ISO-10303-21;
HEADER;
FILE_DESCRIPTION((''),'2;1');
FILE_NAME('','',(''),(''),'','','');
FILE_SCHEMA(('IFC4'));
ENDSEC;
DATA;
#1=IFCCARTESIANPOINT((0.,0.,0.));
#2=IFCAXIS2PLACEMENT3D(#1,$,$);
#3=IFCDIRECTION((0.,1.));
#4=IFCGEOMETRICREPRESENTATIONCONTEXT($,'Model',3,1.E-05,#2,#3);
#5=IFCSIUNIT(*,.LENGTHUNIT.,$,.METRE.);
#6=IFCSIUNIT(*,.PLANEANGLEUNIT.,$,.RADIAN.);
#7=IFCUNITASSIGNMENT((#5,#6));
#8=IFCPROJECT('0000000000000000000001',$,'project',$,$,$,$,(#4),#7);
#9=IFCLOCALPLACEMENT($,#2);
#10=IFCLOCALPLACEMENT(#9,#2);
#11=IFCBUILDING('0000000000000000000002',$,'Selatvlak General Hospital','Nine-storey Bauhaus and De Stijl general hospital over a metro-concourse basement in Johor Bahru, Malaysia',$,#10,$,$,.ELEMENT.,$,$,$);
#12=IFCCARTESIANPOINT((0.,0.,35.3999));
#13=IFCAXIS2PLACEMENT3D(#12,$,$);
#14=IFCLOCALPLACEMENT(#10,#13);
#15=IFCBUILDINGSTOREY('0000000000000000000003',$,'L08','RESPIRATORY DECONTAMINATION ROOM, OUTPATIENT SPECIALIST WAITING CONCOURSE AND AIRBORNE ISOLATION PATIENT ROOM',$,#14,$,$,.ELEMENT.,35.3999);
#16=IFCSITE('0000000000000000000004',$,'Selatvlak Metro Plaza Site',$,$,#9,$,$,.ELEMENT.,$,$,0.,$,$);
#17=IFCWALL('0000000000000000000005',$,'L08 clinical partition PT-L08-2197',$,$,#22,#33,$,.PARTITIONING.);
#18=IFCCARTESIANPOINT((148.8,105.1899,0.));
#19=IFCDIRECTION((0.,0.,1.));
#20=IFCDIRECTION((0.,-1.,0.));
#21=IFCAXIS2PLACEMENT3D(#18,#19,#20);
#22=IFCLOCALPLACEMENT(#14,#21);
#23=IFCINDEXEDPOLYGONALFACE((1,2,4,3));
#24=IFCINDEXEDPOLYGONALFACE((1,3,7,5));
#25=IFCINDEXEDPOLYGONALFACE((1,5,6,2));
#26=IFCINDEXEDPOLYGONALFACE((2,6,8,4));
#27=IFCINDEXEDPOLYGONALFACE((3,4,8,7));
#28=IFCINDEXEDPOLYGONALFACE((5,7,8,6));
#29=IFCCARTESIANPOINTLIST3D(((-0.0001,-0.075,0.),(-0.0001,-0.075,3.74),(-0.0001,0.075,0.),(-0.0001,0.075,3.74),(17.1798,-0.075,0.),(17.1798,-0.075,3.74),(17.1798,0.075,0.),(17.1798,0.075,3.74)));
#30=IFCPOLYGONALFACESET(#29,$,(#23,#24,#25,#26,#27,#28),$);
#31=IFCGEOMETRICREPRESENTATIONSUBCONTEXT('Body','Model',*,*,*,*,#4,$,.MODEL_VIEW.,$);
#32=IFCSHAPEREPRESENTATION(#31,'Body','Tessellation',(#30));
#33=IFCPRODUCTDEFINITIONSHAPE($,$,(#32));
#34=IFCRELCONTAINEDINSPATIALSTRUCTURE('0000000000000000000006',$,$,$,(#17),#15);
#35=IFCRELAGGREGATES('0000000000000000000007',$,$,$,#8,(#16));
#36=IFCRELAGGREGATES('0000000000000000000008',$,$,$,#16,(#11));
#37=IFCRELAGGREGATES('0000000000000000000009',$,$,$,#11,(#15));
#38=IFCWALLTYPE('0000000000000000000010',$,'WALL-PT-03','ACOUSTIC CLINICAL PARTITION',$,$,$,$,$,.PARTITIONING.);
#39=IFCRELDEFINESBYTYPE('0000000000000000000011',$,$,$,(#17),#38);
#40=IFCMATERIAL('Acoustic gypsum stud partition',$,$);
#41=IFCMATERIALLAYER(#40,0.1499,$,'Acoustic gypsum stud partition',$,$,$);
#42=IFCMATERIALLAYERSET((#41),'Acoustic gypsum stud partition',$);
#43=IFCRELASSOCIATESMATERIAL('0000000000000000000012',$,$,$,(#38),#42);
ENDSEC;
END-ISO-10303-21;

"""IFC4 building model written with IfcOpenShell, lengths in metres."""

from ifc_helpers import new_model, si_unit, direction, frame, frame_2d, origin, place, context, subcontext, project, spatial, rectangle, extrude, material, layer, layer_set, type_object, element, save


model = new_model("IFC4")

# Units and contexts
model_context = context("Model", 3, precision=1e-05, world=origin(), true_north=direction((0.0, 1.0)))
body_context = subcontext(model_context, "Body", "Model", "MODEL_VIEW")
ifc_project = project(units=[si_unit("LENGTHUNIT", "METRE"), si_unit("PLANEANGLEUNIT", "RADIAN")], contexts=[model_context])

# Site, building, storey
site_placement = place(None, origin())
site = spatial("IfcSite", under=ifc_project, at=site_placement, Name="Selatvlak Metro Plaza Site", CompositionType="ELEMENT", RefElevation=0.0)
building_placement = place(site_placement, origin())
building = spatial("IfcBuilding", under=site, at=building_placement, Name="Selatvlak General Hospital", Description="Nine-storey Bauhaus and De Stijl general hospital over a metro-concourse basement in Johor Bahru, Malaysia", CompositionType="ELEMENT")
storey_placement = place(building_placement, frame((0.0, 0.0, 35.3999)))
storey = spatial("IfcBuildingStorey", under=building, at=storey_placement, Name="L08", Description="RESPIRATORY DECONTAMINATION ROOM, OUTPATIENT SPECIALIST WAITING CONCOURSE AND AIRBORNE ISOLATION PATIENT ROOM", CompositionType="ELEMENT", Elevation=35.3999)

# Wall
ifc_material_1 = material(Name="Acoustic gypsum stud partition")
ifc_layer_1 = layer(ifc_material_1, 0.1499, Name="Acoustic gypsum stud partition")
ifc_layer_set_1 = layer_set([ifc_layer_1], Name="Acoustic gypsum stud partition")
wall_type_1 = type_object("IfcWallType", Name="WALL-PT-03", Description="ACOUSTIC CLINICAL PARTITION", PredefinedType="PARTITIONING", material=ifc_layer_set_1)
wall_1_placement = place(storey_placement, frame((148.8, 105.1899, 0.0), z_axis=(0.0, 0.0, 1.0), x_axis=(0.0, -1.0, 0.0)))
element("IfcWall", 1, at=wall_1_placement, inside=storey, type_object=wall_type_1, Name="L08 clinical partition PT-L08-2197", PredefinedType="PARTITIONING", context=body_context, shape_type="SweptSolid", body=[
    extrude(rectangle(XDim=17.1799, YDim=0.1499, at=frame_2d((8.5898, 0.0))), origin(), (0.0, 0.0, 1.0), 3.74),
])

save(model, "model.ifc")
